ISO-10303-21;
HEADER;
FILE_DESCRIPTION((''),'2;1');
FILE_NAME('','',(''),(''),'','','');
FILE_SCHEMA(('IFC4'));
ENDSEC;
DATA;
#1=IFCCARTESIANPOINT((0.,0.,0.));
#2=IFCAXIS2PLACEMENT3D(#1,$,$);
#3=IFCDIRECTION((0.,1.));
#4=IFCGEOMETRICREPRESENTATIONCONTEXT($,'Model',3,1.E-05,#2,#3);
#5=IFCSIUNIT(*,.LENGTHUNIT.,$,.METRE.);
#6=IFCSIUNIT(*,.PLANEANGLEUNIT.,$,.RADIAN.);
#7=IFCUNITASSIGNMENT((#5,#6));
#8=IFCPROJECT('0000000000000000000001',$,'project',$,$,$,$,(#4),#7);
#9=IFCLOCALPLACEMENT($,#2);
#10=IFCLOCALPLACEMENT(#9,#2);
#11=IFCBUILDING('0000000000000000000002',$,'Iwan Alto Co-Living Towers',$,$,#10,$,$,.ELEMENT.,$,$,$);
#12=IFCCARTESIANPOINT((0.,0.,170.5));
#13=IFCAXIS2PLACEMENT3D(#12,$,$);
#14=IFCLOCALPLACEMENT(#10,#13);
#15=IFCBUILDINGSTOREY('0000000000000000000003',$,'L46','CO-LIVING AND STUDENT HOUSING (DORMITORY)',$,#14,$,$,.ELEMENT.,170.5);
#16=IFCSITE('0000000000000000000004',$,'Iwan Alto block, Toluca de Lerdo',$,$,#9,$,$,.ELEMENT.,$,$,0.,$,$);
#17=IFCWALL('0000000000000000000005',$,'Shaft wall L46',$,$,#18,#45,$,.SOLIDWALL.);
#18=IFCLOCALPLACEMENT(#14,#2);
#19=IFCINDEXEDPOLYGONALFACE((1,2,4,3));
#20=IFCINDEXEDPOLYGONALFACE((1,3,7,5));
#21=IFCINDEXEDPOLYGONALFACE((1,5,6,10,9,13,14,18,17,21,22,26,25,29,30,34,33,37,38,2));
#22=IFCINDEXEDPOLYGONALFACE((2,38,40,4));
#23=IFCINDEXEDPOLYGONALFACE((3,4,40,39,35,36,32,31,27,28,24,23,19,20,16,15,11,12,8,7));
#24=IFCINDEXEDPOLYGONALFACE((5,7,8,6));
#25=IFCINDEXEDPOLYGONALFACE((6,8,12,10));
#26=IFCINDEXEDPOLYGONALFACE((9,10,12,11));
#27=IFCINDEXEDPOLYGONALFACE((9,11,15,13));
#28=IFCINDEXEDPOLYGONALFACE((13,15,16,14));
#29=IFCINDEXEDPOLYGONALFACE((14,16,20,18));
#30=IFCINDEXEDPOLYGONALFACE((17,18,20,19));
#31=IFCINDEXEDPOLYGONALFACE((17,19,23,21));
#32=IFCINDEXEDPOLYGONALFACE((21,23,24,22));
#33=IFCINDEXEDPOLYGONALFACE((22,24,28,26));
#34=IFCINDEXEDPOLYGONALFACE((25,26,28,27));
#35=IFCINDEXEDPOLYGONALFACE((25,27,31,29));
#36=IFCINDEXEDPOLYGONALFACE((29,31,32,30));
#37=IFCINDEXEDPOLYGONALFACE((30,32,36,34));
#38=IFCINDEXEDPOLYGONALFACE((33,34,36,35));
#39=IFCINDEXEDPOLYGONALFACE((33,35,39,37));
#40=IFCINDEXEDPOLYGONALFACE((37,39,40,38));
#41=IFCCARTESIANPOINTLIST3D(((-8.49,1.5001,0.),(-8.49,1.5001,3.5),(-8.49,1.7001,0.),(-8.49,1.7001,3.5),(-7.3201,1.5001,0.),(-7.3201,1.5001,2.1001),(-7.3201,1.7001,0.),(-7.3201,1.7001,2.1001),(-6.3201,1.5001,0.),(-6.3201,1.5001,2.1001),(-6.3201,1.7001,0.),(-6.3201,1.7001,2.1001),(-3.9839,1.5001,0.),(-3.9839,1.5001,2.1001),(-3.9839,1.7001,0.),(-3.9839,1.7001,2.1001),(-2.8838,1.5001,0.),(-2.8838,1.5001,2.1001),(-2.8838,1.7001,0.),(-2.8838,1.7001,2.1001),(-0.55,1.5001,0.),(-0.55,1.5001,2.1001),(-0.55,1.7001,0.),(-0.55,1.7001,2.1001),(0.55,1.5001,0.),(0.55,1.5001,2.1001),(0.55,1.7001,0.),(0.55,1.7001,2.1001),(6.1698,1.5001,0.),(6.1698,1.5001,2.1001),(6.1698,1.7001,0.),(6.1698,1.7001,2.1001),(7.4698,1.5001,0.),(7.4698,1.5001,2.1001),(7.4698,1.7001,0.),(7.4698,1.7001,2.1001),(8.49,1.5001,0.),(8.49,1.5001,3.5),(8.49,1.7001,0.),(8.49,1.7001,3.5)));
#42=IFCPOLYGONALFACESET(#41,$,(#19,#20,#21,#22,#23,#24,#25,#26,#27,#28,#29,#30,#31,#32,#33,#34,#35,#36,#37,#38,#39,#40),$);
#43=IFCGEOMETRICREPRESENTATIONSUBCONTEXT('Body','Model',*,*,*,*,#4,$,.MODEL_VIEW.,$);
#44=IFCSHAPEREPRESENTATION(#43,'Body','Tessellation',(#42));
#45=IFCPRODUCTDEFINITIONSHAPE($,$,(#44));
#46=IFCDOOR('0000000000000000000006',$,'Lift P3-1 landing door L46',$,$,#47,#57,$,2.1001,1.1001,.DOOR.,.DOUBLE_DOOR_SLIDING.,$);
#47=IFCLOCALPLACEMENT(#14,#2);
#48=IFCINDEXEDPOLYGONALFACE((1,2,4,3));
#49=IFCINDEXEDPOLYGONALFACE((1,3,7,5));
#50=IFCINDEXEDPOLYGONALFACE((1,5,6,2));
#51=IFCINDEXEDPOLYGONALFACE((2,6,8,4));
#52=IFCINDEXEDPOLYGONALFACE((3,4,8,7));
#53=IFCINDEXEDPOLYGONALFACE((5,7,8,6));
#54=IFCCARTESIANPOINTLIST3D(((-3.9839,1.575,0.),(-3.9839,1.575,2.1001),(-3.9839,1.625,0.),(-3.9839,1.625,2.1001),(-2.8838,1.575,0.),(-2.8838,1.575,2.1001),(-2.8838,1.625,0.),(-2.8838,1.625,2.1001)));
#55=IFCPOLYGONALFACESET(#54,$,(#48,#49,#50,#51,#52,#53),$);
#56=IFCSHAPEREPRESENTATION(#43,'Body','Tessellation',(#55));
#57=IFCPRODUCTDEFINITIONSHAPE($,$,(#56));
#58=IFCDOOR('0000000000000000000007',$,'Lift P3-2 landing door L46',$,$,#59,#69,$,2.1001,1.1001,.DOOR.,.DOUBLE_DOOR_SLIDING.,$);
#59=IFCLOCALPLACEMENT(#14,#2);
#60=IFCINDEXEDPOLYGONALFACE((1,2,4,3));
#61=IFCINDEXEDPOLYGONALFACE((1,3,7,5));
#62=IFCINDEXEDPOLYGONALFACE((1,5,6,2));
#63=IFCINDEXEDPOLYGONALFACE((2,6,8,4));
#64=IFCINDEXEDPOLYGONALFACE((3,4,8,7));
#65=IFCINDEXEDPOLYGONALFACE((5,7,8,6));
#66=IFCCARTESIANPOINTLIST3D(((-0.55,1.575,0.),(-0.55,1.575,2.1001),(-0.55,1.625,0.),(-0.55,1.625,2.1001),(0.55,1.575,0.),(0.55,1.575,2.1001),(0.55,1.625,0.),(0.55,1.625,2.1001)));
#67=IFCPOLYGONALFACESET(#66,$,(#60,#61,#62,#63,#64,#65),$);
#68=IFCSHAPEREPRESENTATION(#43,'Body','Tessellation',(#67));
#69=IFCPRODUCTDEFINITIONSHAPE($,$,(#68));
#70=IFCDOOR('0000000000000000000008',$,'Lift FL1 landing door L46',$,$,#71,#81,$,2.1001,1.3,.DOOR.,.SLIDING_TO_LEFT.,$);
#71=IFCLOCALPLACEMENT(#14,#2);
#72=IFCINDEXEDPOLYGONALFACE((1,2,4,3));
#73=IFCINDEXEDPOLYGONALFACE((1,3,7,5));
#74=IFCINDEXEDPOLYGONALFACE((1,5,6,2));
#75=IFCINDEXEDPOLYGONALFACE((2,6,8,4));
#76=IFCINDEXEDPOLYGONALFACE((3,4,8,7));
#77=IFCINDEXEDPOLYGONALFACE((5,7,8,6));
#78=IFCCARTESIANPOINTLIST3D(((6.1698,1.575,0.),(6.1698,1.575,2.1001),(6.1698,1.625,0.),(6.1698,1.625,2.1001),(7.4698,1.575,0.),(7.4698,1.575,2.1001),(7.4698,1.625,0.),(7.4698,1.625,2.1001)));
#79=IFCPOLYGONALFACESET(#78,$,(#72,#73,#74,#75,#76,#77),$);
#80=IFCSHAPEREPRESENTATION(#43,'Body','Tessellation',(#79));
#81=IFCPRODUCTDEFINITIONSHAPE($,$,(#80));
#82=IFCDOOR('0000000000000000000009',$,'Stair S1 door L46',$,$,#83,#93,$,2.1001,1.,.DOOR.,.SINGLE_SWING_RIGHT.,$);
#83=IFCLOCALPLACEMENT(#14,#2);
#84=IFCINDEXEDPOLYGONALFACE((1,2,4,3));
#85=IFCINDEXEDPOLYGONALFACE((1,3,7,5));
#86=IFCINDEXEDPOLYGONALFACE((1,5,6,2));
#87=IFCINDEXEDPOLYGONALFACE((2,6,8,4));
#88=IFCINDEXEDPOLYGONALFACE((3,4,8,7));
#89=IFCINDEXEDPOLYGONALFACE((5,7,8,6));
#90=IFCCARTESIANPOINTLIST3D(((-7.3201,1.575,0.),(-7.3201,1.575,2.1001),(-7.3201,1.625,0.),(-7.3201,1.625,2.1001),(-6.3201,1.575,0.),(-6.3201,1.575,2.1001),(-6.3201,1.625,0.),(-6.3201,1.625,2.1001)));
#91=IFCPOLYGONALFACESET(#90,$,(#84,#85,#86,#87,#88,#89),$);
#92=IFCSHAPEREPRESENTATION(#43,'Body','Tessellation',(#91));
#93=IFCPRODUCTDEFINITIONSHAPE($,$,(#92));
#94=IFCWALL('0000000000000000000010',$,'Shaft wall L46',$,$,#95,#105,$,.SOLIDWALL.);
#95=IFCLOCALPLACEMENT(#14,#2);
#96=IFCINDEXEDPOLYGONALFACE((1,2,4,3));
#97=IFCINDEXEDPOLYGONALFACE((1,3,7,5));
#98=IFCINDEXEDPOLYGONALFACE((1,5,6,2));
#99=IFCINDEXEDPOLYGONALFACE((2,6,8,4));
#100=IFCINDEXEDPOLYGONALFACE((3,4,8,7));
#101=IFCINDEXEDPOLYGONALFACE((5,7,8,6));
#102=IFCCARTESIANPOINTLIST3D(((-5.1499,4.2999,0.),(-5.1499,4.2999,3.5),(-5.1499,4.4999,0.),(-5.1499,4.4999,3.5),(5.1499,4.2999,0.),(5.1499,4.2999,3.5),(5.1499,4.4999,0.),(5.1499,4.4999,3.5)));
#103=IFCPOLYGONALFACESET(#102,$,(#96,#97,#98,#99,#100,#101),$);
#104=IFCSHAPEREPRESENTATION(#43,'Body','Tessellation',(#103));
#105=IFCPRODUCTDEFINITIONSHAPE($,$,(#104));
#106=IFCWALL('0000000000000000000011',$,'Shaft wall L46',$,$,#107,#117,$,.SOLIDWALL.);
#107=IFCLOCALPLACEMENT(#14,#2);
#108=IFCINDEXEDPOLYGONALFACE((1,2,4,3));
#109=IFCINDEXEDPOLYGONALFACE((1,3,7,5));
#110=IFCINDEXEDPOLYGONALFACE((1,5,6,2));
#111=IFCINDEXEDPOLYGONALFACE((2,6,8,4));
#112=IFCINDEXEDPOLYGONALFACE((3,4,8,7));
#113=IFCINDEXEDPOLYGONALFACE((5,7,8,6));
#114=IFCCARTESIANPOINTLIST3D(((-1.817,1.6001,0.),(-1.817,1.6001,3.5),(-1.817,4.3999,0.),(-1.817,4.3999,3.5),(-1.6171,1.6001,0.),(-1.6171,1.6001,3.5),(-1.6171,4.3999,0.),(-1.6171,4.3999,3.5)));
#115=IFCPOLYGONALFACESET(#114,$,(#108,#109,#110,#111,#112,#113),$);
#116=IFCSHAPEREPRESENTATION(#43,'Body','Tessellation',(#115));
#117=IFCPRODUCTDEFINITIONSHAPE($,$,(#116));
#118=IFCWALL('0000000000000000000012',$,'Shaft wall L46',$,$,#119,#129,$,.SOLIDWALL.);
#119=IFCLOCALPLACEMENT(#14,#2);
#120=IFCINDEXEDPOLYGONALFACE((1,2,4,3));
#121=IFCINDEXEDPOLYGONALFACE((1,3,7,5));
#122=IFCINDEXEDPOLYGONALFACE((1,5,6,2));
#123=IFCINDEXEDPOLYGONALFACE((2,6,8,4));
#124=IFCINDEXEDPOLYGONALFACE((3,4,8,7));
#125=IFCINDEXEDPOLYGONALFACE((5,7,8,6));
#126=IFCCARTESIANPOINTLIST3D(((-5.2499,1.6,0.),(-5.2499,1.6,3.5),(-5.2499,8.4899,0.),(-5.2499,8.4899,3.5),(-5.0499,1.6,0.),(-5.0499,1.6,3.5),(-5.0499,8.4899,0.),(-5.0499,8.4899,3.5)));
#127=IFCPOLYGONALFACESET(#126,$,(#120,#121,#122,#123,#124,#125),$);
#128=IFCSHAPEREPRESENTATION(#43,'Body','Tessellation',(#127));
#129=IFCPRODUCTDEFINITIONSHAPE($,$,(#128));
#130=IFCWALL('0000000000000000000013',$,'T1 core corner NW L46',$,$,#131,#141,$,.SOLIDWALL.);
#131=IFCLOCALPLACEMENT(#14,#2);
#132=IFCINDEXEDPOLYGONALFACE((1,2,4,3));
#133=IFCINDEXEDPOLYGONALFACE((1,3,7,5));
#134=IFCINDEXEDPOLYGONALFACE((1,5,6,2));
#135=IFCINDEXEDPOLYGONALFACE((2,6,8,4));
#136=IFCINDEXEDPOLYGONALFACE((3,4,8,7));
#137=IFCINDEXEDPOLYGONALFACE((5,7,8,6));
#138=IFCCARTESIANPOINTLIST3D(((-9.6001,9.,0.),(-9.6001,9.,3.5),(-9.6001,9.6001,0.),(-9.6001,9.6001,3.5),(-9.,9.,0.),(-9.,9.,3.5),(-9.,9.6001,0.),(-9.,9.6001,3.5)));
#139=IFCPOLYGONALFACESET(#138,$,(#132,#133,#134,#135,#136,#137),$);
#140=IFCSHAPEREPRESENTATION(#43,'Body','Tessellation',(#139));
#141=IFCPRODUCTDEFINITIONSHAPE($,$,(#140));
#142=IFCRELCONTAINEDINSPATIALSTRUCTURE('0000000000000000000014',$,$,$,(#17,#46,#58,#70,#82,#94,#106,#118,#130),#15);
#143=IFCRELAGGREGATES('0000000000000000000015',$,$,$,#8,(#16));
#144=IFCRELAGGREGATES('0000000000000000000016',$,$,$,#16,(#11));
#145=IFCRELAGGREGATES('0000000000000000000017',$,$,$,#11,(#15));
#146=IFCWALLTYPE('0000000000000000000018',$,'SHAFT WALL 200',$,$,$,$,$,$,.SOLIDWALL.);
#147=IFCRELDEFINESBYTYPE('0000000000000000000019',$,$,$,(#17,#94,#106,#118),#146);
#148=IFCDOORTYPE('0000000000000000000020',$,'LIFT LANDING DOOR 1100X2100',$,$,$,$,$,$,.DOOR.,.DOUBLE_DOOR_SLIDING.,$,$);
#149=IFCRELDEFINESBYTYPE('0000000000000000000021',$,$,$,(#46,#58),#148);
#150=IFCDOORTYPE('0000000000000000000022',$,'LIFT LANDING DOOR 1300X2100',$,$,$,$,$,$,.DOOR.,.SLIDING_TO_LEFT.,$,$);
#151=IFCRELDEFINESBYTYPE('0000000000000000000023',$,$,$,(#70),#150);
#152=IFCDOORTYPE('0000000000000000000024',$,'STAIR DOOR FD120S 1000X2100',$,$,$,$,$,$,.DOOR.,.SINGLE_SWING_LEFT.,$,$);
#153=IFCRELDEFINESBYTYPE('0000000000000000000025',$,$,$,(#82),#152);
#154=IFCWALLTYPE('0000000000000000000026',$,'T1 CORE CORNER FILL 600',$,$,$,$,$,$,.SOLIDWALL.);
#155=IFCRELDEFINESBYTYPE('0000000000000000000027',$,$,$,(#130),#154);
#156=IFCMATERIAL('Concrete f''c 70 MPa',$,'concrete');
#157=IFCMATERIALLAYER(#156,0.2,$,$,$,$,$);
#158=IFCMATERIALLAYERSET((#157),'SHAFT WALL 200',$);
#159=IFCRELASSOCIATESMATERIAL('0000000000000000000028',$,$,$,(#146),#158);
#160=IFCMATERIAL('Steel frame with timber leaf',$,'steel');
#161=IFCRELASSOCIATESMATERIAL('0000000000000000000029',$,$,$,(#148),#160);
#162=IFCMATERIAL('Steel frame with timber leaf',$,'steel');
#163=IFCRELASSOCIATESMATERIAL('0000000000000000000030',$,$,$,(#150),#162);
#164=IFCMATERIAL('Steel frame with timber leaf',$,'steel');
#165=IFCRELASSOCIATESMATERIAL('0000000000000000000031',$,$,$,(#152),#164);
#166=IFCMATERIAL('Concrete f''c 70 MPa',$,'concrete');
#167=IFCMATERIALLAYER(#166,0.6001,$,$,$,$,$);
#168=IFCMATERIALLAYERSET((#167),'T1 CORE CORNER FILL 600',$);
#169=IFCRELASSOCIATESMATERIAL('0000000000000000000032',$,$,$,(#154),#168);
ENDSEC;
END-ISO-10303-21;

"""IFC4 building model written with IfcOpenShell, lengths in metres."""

from ifc_helpers import new_model, si_unit, direction, frame, frame_2d, origin, place, context, subcontext, project, spatial, rectangle, extrude, material, layer, layer_set, type_object, element, fill, save


model = new_model("IFC4")

# Units and contexts
model_context = context("Model", 3, precision=1e-05, world=origin(), true_north=direction((0.0, 1.0)))
body_context = subcontext(model_context, "Body", "Model", "MODEL_VIEW")
ifc_project = project(units=[si_unit("LENGTHUNIT", "METRE"), si_unit("PLANEANGLEUNIT", "RADIAN")], contexts=[model_context])

# Site, building, storey
site_placement = place(None, origin())
site = spatial("IfcSite", under=ifc_project, at=site_placement, Name="Iwan Alto block, Toluca de Lerdo", CompositionType="ELEMENT", RefElevation=0.0)
building_placement = place(site_placement, origin())
building = spatial("IfcBuilding", under=site, at=building_placement, Name="Iwan Alto Co-Living Towers", CompositionType="ELEMENT")
storey_placement = place(building_placement, frame((0.0, 0.0, 170.5)))
storey = spatial("IfcBuildingStorey", under=building, at=storey_placement, Name="L46", Description="CO-LIVING AND STUDENT HOUSING (DORMITORY)", CompositionType="ELEMENT", Elevation=170.5)

# Wall, openings, doors
ifc_material_1 = material(Name="Concrete f'c 70 MPa", Category="concrete")
ifc_layer_1 = layer(ifc_material_1, 0.2)
ifc_layer_set_1 = layer_set([ifc_layer_1], Name="SHAFT WALL 200")
wall_type_1 = type_object("IfcWallType", Name="SHAFT WALL 200", PredefinedType="SOLIDWALL", material=ifc_layer_set_1)
wall_1_placement = place(storey_placement, frame((-8.49, 1.6001, 0.0), z_axis=(0.0, 0.0, 1.0), x_axis=(1.0, 0.0, 0.0)))
wall_1 = element("IfcWall", 1, at=wall_1_placement, inside=storey, type_object=wall_type_1, Name="Shaft wall L46", PredefinedType="SOLIDWALL", context=body_context, shape_type="SweptSolid", body=[
    extrude(rectangle(XDim=16.98, YDim=0.2, at=frame_2d((8.49, 0.0))), origin(), (0.0, 0.0, 1.0), 3.5),
])
opening_1_placement = place(wall_1_placement, frame((1.1699, 0.0, 0.0)))
opening_1 = element("IfcOpeningElement", 2, at=opening_1_placement, cuts=wall_1, PredefinedType="OPENING", context=body_context, shape_type="SweptSolid", body=[
    extrude(rectangle(XDim=1.0, YDim=2.1001, at=frame_2d((0.5, 1.05))), frame((0.0, 0.1099, 0.0), z_axis=(0.0, -1.0, 0.0), x_axis=(1.0, 0.0, 0.0)), (0.0, 0.0, 1.0), 0.22),
])
opening_2_placement = place(wall_1_placement, frame((4.5061, 0.0, 0.0)))
opening_2 = element("IfcOpeningElement", 3, at=opening_2_placement, cuts=wall_1, PredefinedType="OPENING", context=body_context, shape_type="SweptSolid", body=[
    extrude(rectangle(XDim=1.1001, YDim=2.1001, at=frame_2d((0.55, 1.05))), frame((0.0, 0.1099, 0.0), z_axis=(0.0, -1.0, 0.0), x_axis=(1.0, 0.0, 0.0)), (0.0, 0.0, 1.0), 0.22),
])
opening_3_placement = place(wall_1_placement, frame((7.9399, 0.0, 0.0)))
opening_3 = element("IfcOpeningElement", 4, at=opening_3_placement, cuts=wall_1, PredefinedType="OPENING", context=body_context, shape_type="SweptSolid", body=[
    extrude(rectangle(XDim=1.1001, YDim=2.1001, at=frame_2d((0.55, 1.05))), frame((0.0, 0.1099, 0.0), z_axis=(0.0, -1.0, 0.0), x_axis=(1.0, 0.0, 0.0)), (0.0, 0.0, 1.0), 0.22),
])
opening_4_placement = place(wall_1_placement, frame((14.6599, 0.0, 0.0)))
opening_4 = element("IfcOpeningElement", 5, at=opening_4_placement, cuts=wall_1, PredefinedType="OPENING", context=body_context, shape_type="SweptSolid", body=[
    extrude(rectangle(XDim=1.3, YDim=2.1001, at=frame_2d((0.6499, 1.05))), frame((0.0, 0.1099, 0.0), z_axis=(0.0, -1.0, 0.0), x_axis=(1.0, 0.0, 0.0)), (0.0, 0.0, 1.0), 0.22),
])
ifc_material_2 = material(Name="Steel frame with timber leaf", Category="steel")
door_type_1 = type_object("IfcDoorType", Name="LIFT LANDING DOOR 1100X2100", OperationType="DOUBLE_DOOR_SLIDING", PredefinedType="DOOR", material=ifc_material_2)
door_1_placement = place(opening_2_placement, origin())
door_1 = element("IfcDoor", 6, at=door_1_placement, inside=storey, type_object=door_type_1, Name="Lift P3-1 landing door L46", OperationType="DOUBLE_DOOR_SLIDING", OverallHeight=2.1001, OverallWidth=1.1001, PredefinedType="DOOR", context=body_context, shape_type="SweptSolid", body=[
    extrude(rectangle(XDim=1.1001, YDim=2.1001, at=frame_2d((0.55, 1.05))), frame((0.0, 0.0249, 0.0), z_axis=(0.0, -1.0, 0.0), x_axis=(1.0, 0.0, 0.0)), (0.0, 0.0, 1.0), 0.05),
])
fill(opening_2, door_1)
door_2_placement = place(opening_3_placement, origin())
door_2 = element("IfcDoor", 7, at=door_2_placement, inside=storey, type_object=door_type_1, Name="Lift P3-2 landing door L46", OperationType="DOUBLE_DOOR_SLIDING", OverallHeight=2.1001, OverallWidth=1.1001, PredefinedType="DOOR", context=body_context, shape_type="SweptSolid", body=[
    extrude(rectangle(XDim=1.1001, YDim=2.1001, at=frame_2d((0.55, 1.05))), frame((0.0, 0.0249, 0.0), z_axis=(0.0, -1.0, 0.0), x_axis=(1.0, 0.0, 0.0)), (0.0, 0.0, 1.0), 0.05),
])
fill(opening_3, door_2)
ifc_material_3 = material(Name="Steel frame with timber leaf", Category="steel")
door_type_2 = type_object("IfcDoorType", Name="LIFT LANDING DOOR 1300X2100", OperationType="SLIDING_TO_LEFT", PredefinedType="DOOR", material=ifc_material_3)
door_3_placement = place(opening_4_placement, origin())
door_3 = element("IfcDoor", 8, at=door_3_placement, inside=storey, type_object=door_type_2, Name="Lift FL1 landing door L46", OperationType="SLIDING_TO_LEFT", OverallHeight=2.1001, OverallWidth=1.3, PredefinedType="DOOR", context=body_context, shape_type="SweptSolid", body=[
    extrude(rectangle(XDim=1.3, YDim=2.1001, at=frame_2d((0.6499, 1.05))), frame((0.0, 0.0249, 0.0), z_axis=(0.0, -1.0, 0.0), x_axis=(1.0, 0.0, 0.0)), (0.0, 0.0, 1.0), 0.05),
])
fill(opening_4, door_3)
ifc_material_4 = material(Name="Steel frame with timber leaf", Category="steel")
door_type_3 = type_object("IfcDoorType", Name="STAIR DOOR FD120S 1000X2100", OperationType="SINGLE_SWING_LEFT", PredefinedType="DOOR", material=ifc_material_4)
door_4_placement = place(opening_1_placement, origin())
door_4 = element("IfcDoor", 9, at=door_4_placement, inside=storey, type_object=door_type_3, Name="Stair S1 door L46", OperationType="SINGLE_SWING_RIGHT", OverallHeight=2.1001, OverallWidth=1.0, PredefinedType="DOOR", context=body_context, shape_type="SweptSolid", body=[
    extrude(rectangle(XDim=1.0, YDim=2.1001, at=frame_2d((0.5, 1.05))), frame((0.0, 0.0249, 0.0), z_axis=(0.0, -1.0, 0.0), x_axis=(1.0, 0.0, 0.0)), (0.0, 0.0, 1.0), 0.05),
])
fill(opening_1, door_4)

# Walls
wall_2_placement = place(storey_placement, frame((-5.1499, 4.3999, 0.0), z_axis=(0.0, 0.0, 1.0), x_axis=(1.0, 0.0, 0.0)))
element("IfcWall", 10, at=wall_2_placement, inside=storey, type_object=wall_type_1, Name="Shaft wall L46", PredefinedType="SOLIDWALL", context=body_context, shape_type="SweptSolid", body=[
    extrude(rectangle(XDim=10.2998, YDim=0.2, at=frame_2d((5.1499, 0.0))), origin(), (0.0, 0.0, 1.0), 3.5),
])
wall_3_placement = place(storey_placement, frame((-1.717, 1.6001, 0.0), z_axis=(0.0, 0.0, 1.0), x_axis=(0.0, 1.0, 0.0)))
element("IfcWall", 11, at=wall_3_placement, inside=storey, type_object=wall_type_1, Name="Shaft wall L46", PredefinedType="SOLIDWALL", context=body_context, shape_type="SweptSolid", body=[
    extrude(rectangle(XDim=2.7998, YDim=0.2, at=frame_2d((1.3999, 0.0))), origin(), (0.0, 0.0, 1.0), 3.5),
])
wall_4_placement = place(storey_placement, frame((-5.1499, 1.6001, 0.0), z_axis=(0.0, 0.0, 1.0), x_axis=(0.0, 1.0, 0.0)))
element("IfcWall", 12, at=wall_4_placement, inside=storey, type_object=wall_type_1, Name="Shaft wall L46", PredefinedType="SOLIDWALL", context=body_context, shape_type="SweptSolid", body=[
    extrude(rectangle(XDim=6.8899, YDim=0.2, at=frame_2d((3.4448, 0.0))), origin(), (0.0, 0.0, 1.0), 3.5),
])
ifc_material_5 = material(Name="Concrete f'c 70 MPa", Category="concrete")
ifc_layer_2 = layer(ifc_material_5, 0.6001)
ifc_layer_set_2 = layer_set([ifc_layer_2], Name="T1 CORE CORNER FILL 600")
wall_type_2 = type_object("IfcWallType", Name="T1 CORE CORNER FILL 600", PredefinedType="SOLIDWALL", material=ifc_layer_set_2)
wall_5_placement = place(storey_placement, frame((-9.6001, 9.3, 0.0), z_axis=(0.0, 0.0, 1.0), x_axis=(1.0, 0.0, 0.0)))
element("IfcWall", 13, at=wall_5_placement, inside=storey, type_object=wall_type_2, Name="T1 core corner NW L46", PredefinedType="SOLIDWALL", context=body_context, shape_type="SweptSolid", body=[
    extrude(rectangle(XDim=0.6001, YDim=0.6001, at=frame_2d((0.3, 0.0))), origin(), (0.0, 0.0, 1.0), 3.5),
])

save(model, "model.ifc")
